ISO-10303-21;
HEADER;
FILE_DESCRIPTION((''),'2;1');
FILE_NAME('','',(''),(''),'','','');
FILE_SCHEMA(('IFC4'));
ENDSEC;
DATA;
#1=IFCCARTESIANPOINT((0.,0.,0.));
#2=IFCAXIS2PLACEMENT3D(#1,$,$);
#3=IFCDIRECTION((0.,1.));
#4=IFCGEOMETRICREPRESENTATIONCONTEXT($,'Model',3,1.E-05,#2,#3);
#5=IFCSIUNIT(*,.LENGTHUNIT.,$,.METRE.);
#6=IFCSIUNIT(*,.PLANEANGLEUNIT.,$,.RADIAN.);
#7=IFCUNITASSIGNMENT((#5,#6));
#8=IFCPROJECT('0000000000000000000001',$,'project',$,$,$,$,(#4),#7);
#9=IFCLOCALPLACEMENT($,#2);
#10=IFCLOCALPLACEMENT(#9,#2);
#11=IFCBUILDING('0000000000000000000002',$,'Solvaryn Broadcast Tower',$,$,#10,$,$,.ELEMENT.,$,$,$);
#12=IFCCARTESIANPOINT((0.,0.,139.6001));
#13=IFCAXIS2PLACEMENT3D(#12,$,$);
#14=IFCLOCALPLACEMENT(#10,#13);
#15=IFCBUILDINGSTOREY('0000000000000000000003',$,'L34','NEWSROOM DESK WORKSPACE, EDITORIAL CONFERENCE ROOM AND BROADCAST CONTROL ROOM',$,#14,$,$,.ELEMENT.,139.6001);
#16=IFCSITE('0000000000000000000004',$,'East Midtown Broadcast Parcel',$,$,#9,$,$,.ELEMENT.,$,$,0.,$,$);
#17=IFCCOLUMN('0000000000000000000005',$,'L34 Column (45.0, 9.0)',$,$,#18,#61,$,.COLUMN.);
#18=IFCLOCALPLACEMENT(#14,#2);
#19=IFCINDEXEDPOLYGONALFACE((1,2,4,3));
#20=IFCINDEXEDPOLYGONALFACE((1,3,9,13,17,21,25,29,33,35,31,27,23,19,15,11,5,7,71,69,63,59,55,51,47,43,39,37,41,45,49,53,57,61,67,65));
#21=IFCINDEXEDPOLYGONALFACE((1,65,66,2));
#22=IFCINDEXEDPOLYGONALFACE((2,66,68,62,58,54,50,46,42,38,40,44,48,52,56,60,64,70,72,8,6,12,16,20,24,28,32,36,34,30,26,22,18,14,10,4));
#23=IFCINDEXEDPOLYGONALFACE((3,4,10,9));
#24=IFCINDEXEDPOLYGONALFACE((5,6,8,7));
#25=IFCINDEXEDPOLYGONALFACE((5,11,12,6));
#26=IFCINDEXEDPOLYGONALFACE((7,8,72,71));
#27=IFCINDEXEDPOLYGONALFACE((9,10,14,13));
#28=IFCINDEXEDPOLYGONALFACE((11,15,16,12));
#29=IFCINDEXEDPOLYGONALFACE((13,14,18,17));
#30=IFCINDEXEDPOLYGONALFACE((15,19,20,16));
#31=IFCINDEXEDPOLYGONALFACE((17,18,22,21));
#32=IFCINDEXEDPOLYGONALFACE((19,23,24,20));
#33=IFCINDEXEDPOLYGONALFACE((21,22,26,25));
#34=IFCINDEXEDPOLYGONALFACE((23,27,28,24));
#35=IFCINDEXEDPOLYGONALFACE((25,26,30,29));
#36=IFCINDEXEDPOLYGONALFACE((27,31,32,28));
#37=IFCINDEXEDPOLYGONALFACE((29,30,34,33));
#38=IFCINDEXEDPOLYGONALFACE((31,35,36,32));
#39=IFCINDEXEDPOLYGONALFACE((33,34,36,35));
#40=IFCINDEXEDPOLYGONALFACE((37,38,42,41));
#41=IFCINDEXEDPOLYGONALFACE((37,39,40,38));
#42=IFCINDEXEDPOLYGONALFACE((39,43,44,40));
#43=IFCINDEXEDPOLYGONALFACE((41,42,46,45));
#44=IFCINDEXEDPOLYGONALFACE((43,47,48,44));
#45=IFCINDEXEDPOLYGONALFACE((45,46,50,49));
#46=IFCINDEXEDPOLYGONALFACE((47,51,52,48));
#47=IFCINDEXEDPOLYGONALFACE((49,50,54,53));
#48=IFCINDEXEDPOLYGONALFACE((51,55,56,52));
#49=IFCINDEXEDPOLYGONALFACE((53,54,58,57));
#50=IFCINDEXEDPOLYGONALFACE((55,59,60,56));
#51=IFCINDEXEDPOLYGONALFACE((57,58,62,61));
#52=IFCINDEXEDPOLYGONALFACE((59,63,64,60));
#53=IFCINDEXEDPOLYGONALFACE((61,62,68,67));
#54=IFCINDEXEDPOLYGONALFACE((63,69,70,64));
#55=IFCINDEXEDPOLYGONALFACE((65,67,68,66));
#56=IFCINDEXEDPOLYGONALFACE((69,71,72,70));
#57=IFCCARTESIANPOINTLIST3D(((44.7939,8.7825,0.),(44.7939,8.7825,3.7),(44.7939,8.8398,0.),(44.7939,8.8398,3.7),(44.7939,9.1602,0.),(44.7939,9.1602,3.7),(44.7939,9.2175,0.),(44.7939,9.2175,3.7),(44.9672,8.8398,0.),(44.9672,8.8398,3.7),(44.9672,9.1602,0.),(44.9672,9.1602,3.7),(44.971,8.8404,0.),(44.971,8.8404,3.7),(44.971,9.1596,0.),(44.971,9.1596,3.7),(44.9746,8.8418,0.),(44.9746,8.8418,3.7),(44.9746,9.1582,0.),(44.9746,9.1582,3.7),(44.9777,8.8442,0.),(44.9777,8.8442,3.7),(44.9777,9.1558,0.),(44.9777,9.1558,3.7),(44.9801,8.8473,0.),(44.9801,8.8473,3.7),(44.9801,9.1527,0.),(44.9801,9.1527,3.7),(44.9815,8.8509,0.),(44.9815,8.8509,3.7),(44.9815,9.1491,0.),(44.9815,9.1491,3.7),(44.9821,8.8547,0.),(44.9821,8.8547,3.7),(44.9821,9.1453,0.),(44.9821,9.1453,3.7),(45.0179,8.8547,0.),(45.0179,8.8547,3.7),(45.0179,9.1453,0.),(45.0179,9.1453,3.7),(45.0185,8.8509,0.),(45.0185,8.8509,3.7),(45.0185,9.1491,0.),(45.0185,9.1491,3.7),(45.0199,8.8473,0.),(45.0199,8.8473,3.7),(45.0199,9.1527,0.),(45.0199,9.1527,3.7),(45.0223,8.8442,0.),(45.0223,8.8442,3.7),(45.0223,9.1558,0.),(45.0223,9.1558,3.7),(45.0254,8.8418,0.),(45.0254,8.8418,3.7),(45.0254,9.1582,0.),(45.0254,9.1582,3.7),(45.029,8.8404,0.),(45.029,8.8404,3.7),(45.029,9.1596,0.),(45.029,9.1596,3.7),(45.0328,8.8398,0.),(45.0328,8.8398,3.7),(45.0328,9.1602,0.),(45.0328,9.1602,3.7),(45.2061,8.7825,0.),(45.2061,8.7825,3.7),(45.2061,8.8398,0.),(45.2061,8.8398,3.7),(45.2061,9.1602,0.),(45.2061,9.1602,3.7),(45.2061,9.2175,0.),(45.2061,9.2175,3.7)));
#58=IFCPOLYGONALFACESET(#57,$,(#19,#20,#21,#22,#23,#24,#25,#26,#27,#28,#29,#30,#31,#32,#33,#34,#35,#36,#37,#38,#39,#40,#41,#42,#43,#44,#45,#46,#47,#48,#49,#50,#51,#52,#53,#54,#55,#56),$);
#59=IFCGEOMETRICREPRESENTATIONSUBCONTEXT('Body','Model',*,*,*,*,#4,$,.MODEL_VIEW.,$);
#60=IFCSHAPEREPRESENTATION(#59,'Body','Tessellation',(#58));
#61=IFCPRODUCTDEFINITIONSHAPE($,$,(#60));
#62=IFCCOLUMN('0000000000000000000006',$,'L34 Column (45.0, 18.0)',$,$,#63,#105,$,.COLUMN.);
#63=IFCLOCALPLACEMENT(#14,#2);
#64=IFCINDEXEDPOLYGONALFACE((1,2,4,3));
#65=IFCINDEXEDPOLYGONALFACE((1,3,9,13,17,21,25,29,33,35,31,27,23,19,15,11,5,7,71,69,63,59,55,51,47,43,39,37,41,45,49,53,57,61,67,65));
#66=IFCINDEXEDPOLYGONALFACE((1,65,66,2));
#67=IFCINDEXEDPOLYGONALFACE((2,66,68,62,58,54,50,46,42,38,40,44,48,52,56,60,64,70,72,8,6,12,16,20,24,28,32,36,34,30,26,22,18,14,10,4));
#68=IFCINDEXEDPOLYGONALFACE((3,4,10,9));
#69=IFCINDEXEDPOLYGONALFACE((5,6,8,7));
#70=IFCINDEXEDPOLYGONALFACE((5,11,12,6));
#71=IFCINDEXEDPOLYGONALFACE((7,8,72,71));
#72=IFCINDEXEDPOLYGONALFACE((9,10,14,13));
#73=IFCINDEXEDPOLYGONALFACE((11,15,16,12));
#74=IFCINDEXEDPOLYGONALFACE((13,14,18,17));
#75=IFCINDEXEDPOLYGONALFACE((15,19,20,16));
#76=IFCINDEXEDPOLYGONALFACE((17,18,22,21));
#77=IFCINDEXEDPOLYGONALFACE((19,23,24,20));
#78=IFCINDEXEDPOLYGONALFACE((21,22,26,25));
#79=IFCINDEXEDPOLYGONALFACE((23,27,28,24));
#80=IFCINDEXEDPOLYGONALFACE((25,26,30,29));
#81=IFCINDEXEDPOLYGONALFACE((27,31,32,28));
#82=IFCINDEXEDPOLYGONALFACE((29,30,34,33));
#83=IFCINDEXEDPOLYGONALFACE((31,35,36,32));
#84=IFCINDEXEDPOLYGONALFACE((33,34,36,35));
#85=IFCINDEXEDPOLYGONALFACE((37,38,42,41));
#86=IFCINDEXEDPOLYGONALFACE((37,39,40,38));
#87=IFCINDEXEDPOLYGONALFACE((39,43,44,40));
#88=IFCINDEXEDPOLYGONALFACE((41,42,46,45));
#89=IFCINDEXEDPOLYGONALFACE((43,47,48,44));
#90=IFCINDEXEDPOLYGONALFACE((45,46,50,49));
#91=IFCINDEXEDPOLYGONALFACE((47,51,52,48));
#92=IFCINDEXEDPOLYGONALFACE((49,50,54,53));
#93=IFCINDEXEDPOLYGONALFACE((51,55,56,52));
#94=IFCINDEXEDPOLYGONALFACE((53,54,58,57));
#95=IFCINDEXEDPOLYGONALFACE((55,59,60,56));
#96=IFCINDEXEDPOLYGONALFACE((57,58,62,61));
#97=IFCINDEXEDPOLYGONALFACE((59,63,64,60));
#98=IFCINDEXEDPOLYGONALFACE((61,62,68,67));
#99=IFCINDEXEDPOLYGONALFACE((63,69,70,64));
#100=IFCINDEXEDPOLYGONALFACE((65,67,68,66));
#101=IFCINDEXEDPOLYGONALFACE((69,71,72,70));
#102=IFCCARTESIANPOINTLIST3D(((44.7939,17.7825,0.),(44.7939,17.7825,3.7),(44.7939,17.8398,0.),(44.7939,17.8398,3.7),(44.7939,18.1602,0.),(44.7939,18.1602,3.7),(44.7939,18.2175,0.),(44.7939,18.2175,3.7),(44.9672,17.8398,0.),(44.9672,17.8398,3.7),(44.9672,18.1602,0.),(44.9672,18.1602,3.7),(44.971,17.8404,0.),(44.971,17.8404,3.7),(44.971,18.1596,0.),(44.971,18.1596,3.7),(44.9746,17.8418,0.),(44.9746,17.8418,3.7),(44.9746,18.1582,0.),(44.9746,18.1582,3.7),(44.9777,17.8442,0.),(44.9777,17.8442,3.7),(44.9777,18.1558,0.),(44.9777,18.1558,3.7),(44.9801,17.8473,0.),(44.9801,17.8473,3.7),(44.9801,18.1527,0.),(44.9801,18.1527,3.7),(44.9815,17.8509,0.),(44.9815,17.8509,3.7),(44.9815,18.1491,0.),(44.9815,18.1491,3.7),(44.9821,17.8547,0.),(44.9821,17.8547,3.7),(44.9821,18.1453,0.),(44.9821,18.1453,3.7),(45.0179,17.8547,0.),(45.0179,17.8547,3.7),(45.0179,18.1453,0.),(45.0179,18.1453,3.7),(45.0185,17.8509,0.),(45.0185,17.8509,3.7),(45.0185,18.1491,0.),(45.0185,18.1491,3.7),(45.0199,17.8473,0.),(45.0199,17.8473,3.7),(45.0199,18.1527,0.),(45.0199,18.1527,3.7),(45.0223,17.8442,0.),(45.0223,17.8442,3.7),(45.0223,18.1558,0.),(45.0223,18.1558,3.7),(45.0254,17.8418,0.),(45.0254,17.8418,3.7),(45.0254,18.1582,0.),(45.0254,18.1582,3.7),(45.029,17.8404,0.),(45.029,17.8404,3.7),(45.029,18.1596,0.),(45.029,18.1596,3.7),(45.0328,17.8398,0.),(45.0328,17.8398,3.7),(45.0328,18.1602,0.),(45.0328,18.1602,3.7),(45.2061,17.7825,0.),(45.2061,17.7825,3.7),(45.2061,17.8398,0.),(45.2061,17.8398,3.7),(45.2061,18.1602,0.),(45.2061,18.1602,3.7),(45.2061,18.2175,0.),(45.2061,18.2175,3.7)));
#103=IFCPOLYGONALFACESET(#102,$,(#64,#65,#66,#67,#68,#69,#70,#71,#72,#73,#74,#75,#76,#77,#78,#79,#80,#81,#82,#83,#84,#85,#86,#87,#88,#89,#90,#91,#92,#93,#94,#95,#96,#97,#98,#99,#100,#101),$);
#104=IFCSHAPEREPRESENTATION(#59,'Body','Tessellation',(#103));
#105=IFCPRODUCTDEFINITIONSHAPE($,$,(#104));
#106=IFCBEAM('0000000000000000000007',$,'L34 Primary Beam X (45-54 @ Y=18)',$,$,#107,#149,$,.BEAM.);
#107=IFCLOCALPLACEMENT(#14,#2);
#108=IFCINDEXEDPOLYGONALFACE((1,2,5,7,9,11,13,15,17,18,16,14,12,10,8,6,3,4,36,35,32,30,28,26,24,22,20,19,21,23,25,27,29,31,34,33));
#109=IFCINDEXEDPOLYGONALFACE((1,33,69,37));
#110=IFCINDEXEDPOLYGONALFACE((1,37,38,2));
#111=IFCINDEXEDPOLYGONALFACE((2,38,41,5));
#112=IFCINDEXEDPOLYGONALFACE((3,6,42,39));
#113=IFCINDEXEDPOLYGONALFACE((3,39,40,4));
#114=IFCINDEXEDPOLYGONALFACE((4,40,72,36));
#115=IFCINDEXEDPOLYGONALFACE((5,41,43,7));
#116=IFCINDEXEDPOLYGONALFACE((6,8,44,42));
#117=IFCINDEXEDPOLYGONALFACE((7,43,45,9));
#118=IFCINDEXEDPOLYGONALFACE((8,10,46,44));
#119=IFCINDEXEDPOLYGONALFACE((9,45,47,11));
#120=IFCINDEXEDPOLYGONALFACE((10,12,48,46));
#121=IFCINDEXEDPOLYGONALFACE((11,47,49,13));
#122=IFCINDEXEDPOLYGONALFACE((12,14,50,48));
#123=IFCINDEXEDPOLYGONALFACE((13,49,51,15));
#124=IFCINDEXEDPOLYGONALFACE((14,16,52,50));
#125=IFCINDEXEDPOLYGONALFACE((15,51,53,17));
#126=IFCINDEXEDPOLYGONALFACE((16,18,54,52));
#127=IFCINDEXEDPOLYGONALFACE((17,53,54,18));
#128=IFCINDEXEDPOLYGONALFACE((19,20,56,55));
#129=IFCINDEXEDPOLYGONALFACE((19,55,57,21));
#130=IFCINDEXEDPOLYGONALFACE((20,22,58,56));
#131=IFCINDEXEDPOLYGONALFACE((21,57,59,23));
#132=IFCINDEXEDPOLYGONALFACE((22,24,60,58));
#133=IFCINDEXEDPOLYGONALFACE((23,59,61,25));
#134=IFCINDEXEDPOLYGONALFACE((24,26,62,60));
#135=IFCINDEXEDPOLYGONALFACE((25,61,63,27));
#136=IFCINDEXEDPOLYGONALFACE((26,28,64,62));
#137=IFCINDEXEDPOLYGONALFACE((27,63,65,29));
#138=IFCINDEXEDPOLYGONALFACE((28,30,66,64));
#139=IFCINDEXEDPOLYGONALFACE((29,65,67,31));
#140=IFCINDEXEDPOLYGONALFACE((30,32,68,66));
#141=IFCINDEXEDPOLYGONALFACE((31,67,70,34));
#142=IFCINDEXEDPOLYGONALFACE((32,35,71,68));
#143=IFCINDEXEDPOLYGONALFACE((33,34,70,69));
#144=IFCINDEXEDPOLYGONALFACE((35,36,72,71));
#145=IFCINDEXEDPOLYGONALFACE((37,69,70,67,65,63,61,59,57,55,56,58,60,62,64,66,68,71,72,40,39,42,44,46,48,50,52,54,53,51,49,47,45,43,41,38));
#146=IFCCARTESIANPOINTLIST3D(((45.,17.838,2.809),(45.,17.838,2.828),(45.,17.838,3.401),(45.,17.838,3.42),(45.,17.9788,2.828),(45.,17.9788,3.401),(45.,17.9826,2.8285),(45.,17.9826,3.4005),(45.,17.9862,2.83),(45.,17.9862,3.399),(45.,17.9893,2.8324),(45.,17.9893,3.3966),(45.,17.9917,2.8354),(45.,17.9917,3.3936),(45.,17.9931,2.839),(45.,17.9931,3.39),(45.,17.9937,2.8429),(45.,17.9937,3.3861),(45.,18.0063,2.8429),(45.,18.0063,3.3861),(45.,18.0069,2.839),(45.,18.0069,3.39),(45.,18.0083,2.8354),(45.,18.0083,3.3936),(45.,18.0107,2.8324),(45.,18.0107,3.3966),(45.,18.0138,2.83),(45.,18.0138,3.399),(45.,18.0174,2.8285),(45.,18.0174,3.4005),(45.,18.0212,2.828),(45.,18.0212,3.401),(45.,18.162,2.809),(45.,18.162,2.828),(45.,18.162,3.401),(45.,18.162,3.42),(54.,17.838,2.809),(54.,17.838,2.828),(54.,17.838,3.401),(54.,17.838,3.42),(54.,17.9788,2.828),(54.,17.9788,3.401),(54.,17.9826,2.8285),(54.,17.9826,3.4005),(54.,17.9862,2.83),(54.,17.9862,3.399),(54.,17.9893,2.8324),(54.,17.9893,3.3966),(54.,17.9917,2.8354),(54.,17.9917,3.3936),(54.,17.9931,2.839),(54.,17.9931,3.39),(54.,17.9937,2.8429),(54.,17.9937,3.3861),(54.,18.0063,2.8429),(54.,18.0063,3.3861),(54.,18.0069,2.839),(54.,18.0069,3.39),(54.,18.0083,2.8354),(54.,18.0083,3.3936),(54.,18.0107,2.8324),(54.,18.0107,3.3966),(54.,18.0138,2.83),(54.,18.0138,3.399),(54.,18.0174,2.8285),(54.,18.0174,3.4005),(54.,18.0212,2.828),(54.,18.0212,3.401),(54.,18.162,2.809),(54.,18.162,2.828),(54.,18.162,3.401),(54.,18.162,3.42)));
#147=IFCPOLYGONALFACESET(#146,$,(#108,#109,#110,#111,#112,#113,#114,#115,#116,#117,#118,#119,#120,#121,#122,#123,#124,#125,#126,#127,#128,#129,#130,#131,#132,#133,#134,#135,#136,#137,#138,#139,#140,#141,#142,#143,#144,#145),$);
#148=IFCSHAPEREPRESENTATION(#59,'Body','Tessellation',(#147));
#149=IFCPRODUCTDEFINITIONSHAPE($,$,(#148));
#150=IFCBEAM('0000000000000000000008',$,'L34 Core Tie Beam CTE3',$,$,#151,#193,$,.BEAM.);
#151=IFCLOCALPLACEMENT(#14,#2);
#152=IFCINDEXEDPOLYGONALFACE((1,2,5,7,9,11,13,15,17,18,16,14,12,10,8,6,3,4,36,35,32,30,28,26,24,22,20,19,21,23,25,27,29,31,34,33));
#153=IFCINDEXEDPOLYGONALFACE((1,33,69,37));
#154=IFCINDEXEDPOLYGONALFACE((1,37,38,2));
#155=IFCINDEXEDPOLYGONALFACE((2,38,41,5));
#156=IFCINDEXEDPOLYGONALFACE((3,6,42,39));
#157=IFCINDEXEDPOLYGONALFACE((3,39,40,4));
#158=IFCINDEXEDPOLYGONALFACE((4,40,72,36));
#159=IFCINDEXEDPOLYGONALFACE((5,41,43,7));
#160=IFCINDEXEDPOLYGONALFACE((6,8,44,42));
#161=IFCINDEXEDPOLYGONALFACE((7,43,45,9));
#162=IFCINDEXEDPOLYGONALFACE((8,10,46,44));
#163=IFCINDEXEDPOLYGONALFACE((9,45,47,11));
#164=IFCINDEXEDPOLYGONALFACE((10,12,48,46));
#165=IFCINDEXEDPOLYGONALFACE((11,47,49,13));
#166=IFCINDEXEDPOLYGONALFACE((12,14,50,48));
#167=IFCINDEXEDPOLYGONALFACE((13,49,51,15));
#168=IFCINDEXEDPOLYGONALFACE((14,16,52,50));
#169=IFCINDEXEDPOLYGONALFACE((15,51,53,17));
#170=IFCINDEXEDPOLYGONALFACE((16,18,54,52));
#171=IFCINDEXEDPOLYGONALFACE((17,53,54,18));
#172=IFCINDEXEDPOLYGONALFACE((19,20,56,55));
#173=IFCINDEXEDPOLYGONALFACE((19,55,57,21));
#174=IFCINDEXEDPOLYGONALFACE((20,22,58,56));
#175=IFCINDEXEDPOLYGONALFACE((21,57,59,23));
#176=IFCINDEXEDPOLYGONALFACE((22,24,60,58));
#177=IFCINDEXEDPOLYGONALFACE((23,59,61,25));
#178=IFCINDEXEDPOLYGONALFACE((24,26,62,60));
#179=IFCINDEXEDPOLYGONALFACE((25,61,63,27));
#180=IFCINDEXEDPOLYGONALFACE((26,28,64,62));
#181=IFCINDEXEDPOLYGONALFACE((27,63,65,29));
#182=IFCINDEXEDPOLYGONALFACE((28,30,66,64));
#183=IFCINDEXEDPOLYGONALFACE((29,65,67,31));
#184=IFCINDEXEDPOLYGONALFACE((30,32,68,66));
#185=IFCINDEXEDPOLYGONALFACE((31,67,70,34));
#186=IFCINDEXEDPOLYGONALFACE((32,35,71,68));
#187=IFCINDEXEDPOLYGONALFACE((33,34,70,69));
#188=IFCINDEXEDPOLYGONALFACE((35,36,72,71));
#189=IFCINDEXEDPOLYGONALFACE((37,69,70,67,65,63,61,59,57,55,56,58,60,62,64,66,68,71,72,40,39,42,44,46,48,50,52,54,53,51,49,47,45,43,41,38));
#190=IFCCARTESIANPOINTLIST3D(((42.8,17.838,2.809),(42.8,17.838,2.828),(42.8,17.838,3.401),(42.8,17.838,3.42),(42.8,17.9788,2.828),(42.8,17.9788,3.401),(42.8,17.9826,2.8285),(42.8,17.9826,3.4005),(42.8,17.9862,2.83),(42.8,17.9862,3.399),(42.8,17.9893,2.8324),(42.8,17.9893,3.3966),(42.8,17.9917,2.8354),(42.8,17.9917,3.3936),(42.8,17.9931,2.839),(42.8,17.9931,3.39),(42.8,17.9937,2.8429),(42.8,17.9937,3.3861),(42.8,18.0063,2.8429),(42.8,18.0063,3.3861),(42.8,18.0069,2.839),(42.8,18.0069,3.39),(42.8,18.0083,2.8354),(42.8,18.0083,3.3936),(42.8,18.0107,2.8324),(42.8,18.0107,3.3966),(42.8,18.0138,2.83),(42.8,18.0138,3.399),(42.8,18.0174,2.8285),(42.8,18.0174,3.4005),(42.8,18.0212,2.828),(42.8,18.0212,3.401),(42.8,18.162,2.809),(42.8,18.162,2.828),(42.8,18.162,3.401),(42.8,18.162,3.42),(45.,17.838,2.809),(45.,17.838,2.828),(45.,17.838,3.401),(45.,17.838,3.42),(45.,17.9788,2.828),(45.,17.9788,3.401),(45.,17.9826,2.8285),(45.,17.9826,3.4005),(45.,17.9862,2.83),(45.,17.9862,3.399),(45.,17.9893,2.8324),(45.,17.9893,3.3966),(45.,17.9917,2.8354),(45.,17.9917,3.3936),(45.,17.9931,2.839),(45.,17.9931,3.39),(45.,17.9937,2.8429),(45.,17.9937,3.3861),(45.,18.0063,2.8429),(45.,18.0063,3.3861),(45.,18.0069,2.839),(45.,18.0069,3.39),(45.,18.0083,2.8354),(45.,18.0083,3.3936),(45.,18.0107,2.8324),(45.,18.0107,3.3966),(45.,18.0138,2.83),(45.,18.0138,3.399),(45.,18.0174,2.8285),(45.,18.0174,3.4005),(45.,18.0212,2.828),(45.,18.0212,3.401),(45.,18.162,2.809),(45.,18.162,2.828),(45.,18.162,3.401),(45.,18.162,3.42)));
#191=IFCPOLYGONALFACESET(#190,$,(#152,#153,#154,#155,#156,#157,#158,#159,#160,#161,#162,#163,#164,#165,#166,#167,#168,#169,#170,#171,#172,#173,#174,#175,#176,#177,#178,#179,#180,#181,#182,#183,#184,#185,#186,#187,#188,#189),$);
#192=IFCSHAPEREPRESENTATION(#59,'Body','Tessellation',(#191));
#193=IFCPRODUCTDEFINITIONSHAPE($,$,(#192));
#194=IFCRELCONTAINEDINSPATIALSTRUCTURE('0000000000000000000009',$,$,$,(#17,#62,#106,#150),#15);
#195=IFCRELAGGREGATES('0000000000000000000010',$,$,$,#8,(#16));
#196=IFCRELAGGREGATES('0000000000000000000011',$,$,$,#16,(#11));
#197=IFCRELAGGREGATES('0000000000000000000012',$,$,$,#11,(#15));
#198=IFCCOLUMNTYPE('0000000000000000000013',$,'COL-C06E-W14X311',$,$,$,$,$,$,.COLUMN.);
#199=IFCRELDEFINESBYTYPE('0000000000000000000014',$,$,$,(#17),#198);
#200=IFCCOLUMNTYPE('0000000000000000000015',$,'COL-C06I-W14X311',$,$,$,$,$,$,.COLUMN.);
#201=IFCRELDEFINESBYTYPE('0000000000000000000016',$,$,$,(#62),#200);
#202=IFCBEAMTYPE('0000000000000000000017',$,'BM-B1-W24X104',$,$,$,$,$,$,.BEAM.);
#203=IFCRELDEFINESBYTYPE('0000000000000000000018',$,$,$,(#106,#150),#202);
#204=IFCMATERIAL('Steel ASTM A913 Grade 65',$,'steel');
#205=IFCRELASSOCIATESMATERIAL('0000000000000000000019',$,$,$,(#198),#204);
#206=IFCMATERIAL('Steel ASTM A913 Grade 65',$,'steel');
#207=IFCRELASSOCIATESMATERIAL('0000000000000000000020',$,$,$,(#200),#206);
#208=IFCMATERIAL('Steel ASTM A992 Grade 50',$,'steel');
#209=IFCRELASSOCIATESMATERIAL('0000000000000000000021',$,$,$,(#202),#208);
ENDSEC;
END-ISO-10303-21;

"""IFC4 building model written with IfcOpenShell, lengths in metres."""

from ifc_helpers import new_model, si_unit, direction, frame, origin, origin_2d, place, context, subcontext, project, spatial, i_section, extrude, material, material_profile, profile_set, type_object, element, save


model = new_model("IFC4")

# Units and contexts
model_context = context("Model", 3, precision=1e-05, world=origin(), true_north=direction((0.0, 1.0)))
body_context = subcontext(model_context, "Body", "Model", "MODEL_VIEW")
ifc_project = project(units=[si_unit("LENGTHUNIT", "METRE"), si_unit("PLANEANGLEUNIT", "RADIAN")], contexts=[model_context])

# Site, building, storey
site_placement = place(None, origin())
site = spatial("IfcSite", under=ifc_project, at=site_placement, Name="East Midtown Broadcast Parcel", CompositionType="ELEMENT", RefElevation=0.0)
building_placement = place(site_placement, origin())
building = spatial("IfcBuilding", under=site, at=building_placement, Name="Solvaryn Broadcast Tower", CompositionType="ELEMENT")
storey_placement = place(building_placement, frame((0.0, 0.0, 139.6001)))
storey = spatial("IfcBuildingStorey", under=building, at=storey_placement, Name="L34", Description="NEWSROOM DESK WORKSPACE, EDITORIAL CONFERENCE ROOM AND BROADCAST CONTROL ROOM", CompositionType="ELEMENT", Elevation=139.6001)

# Columns
ifc_material_1 = material(Name="Steel ASTM A913 Grade 65", Category="steel")
ifc_material_profile_1 = material_profile(ifc_material_1, i_section(OverallWidth=0.4121, OverallDepth=0.4351, WebThickness=0.0359, FlangeThickness=0.0574, FilletRadius=0.0149, at=origin_2d()))
ifc_profile_set_1 = profile_set([ifc_material_profile_1], Name="Steel ASTM A913 Grade 65")
column_type_1 = type_object("IfcColumnType", Name="COL-C06E-W14X311", PredefinedType="COLUMN", material=ifc_profile_set_1)
column_1_placement = place(storey_placement, frame((45.0, 9.0, 0.0), z_axis=(0.0, 0.0, 1.0), x_axis=(1.0, 0.0, 0.0)))
element("IfcColumn", 1, at=column_1_placement, inside=storey, type_object=column_type_1, Name="L34 Column (45.0, 9.0)", PredefinedType="COLUMN", context=body_context, shape_type="SweptSolid", body=[
    extrude(i_section(OverallWidth=0.4121, OverallDepth=0.4351, WebThickness=0.0359, FlangeThickness=0.0574, FilletRadius=0.0149, at=origin_2d()), origin(), (0.0, 0.0, 1.0), 3.7),
])
ifc_material_2 = material(Name="Steel ASTM A913 Grade 65", Category="steel")
ifc_material_profile_2 = material_profile(ifc_material_2, i_section(OverallWidth=0.4121, OverallDepth=0.4351, WebThickness=0.0359, FlangeThickness=0.0574, FilletRadius=0.0149, at=origin_2d()))
ifc_profile_set_2 = profile_set([ifc_material_profile_2], Name="Steel ASTM A913 Grade 65")
column_type_2 = type_object("IfcColumnType", Name="COL-C06I-W14X311", PredefinedType="COLUMN", material=ifc_profile_set_2)
column_2_placement = place(storey_placement, frame((45.0, 18.0, 0.0), z_axis=(0.0, 0.0, 1.0), x_axis=(1.0, 0.0, 0.0)))
element("IfcColumn", 2, at=column_2_placement, inside=storey, type_object=column_type_2, Name="L34 Column (45.0, 18.0)", PredefinedType="COLUMN", context=body_context, shape_type="SweptSolid", body=[
    extrude(i_section(OverallWidth=0.4121, OverallDepth=0.4351, WebThickness=0.0359, FlangeThickness=0.0574, FilletRadius=0.0149, at=origin_2d()), origin(), (0.0, 0.0, 1.0), 3.7),
])

# Beams
ifc_material_3 = material(Name="Steel ASTM A992 Grade 50", Category="steel")
ifc_material_profile_3 = material_profile(ifc_material_3, i_section(OverallWidth=0.324, OverallDepth=0.6111, WebThickness=0.0127, FlangeThickness=0.019, FilletRadius=0.0149, at=origin_2d()))
ifc_profile_set_3 = profile_set([ifc_material_profile_3], Name="Steel ASTM A992 Grade 50")
beam_type = type_object("IfcBeamType", Name="BM-B1-W24X104", PredefinedType="BEAM", material=ifc_profile_set_3)
beam_1_placement = place(storey_placement, frame((45.0, 18.0, 3.1145), z_axis=(1.0, 0.0, 0.0), x_axis=(0.0, 1.0, 0.0)))
element("IfcBeam", 3, at=beam_1_placement, inside=storey, type_object=beam_type, Name="L34 Primary Beam X (45-54 @ Y=18)", PredefinedType="BEAM", context=body_context, shape_type="SweptSolid", body=[
    extrude(i_section(OverallWidth=0.324, OverallDepth=0.6111, WebThickness=0.0127, FlangeThickness=0.019, FilletRadius=0.0149, at=origin_2d()), origin(), (0.0, 0.0, 1.0), 9.0),
])
beam_2_placement = place(storey_placement, frame((42.8, 18.0, 3.1145), z_axis=(1.0, 0.0, 0.0), x_axis=(0.0, 1.0, 0.0)))
element("IfcBeam", 4, at=beam_2_placement, inside=storey, type_object=beam_type, Name="L34 Core Tie Beam CTE3", PredefinedType="BEAM", context=body_context, shape_type="SweptSolid", body=[
    extrude(i_section(OverallWidth=0.324, OverallDepth=0.6111, WebThickness=0.0127, FlangeThickness=0.019, FilletRadius=0.0149, at=origin_2d()), origin(), (0.0, 0.0, 1.0), 2.2),
])

save(model, "model.ifc")
